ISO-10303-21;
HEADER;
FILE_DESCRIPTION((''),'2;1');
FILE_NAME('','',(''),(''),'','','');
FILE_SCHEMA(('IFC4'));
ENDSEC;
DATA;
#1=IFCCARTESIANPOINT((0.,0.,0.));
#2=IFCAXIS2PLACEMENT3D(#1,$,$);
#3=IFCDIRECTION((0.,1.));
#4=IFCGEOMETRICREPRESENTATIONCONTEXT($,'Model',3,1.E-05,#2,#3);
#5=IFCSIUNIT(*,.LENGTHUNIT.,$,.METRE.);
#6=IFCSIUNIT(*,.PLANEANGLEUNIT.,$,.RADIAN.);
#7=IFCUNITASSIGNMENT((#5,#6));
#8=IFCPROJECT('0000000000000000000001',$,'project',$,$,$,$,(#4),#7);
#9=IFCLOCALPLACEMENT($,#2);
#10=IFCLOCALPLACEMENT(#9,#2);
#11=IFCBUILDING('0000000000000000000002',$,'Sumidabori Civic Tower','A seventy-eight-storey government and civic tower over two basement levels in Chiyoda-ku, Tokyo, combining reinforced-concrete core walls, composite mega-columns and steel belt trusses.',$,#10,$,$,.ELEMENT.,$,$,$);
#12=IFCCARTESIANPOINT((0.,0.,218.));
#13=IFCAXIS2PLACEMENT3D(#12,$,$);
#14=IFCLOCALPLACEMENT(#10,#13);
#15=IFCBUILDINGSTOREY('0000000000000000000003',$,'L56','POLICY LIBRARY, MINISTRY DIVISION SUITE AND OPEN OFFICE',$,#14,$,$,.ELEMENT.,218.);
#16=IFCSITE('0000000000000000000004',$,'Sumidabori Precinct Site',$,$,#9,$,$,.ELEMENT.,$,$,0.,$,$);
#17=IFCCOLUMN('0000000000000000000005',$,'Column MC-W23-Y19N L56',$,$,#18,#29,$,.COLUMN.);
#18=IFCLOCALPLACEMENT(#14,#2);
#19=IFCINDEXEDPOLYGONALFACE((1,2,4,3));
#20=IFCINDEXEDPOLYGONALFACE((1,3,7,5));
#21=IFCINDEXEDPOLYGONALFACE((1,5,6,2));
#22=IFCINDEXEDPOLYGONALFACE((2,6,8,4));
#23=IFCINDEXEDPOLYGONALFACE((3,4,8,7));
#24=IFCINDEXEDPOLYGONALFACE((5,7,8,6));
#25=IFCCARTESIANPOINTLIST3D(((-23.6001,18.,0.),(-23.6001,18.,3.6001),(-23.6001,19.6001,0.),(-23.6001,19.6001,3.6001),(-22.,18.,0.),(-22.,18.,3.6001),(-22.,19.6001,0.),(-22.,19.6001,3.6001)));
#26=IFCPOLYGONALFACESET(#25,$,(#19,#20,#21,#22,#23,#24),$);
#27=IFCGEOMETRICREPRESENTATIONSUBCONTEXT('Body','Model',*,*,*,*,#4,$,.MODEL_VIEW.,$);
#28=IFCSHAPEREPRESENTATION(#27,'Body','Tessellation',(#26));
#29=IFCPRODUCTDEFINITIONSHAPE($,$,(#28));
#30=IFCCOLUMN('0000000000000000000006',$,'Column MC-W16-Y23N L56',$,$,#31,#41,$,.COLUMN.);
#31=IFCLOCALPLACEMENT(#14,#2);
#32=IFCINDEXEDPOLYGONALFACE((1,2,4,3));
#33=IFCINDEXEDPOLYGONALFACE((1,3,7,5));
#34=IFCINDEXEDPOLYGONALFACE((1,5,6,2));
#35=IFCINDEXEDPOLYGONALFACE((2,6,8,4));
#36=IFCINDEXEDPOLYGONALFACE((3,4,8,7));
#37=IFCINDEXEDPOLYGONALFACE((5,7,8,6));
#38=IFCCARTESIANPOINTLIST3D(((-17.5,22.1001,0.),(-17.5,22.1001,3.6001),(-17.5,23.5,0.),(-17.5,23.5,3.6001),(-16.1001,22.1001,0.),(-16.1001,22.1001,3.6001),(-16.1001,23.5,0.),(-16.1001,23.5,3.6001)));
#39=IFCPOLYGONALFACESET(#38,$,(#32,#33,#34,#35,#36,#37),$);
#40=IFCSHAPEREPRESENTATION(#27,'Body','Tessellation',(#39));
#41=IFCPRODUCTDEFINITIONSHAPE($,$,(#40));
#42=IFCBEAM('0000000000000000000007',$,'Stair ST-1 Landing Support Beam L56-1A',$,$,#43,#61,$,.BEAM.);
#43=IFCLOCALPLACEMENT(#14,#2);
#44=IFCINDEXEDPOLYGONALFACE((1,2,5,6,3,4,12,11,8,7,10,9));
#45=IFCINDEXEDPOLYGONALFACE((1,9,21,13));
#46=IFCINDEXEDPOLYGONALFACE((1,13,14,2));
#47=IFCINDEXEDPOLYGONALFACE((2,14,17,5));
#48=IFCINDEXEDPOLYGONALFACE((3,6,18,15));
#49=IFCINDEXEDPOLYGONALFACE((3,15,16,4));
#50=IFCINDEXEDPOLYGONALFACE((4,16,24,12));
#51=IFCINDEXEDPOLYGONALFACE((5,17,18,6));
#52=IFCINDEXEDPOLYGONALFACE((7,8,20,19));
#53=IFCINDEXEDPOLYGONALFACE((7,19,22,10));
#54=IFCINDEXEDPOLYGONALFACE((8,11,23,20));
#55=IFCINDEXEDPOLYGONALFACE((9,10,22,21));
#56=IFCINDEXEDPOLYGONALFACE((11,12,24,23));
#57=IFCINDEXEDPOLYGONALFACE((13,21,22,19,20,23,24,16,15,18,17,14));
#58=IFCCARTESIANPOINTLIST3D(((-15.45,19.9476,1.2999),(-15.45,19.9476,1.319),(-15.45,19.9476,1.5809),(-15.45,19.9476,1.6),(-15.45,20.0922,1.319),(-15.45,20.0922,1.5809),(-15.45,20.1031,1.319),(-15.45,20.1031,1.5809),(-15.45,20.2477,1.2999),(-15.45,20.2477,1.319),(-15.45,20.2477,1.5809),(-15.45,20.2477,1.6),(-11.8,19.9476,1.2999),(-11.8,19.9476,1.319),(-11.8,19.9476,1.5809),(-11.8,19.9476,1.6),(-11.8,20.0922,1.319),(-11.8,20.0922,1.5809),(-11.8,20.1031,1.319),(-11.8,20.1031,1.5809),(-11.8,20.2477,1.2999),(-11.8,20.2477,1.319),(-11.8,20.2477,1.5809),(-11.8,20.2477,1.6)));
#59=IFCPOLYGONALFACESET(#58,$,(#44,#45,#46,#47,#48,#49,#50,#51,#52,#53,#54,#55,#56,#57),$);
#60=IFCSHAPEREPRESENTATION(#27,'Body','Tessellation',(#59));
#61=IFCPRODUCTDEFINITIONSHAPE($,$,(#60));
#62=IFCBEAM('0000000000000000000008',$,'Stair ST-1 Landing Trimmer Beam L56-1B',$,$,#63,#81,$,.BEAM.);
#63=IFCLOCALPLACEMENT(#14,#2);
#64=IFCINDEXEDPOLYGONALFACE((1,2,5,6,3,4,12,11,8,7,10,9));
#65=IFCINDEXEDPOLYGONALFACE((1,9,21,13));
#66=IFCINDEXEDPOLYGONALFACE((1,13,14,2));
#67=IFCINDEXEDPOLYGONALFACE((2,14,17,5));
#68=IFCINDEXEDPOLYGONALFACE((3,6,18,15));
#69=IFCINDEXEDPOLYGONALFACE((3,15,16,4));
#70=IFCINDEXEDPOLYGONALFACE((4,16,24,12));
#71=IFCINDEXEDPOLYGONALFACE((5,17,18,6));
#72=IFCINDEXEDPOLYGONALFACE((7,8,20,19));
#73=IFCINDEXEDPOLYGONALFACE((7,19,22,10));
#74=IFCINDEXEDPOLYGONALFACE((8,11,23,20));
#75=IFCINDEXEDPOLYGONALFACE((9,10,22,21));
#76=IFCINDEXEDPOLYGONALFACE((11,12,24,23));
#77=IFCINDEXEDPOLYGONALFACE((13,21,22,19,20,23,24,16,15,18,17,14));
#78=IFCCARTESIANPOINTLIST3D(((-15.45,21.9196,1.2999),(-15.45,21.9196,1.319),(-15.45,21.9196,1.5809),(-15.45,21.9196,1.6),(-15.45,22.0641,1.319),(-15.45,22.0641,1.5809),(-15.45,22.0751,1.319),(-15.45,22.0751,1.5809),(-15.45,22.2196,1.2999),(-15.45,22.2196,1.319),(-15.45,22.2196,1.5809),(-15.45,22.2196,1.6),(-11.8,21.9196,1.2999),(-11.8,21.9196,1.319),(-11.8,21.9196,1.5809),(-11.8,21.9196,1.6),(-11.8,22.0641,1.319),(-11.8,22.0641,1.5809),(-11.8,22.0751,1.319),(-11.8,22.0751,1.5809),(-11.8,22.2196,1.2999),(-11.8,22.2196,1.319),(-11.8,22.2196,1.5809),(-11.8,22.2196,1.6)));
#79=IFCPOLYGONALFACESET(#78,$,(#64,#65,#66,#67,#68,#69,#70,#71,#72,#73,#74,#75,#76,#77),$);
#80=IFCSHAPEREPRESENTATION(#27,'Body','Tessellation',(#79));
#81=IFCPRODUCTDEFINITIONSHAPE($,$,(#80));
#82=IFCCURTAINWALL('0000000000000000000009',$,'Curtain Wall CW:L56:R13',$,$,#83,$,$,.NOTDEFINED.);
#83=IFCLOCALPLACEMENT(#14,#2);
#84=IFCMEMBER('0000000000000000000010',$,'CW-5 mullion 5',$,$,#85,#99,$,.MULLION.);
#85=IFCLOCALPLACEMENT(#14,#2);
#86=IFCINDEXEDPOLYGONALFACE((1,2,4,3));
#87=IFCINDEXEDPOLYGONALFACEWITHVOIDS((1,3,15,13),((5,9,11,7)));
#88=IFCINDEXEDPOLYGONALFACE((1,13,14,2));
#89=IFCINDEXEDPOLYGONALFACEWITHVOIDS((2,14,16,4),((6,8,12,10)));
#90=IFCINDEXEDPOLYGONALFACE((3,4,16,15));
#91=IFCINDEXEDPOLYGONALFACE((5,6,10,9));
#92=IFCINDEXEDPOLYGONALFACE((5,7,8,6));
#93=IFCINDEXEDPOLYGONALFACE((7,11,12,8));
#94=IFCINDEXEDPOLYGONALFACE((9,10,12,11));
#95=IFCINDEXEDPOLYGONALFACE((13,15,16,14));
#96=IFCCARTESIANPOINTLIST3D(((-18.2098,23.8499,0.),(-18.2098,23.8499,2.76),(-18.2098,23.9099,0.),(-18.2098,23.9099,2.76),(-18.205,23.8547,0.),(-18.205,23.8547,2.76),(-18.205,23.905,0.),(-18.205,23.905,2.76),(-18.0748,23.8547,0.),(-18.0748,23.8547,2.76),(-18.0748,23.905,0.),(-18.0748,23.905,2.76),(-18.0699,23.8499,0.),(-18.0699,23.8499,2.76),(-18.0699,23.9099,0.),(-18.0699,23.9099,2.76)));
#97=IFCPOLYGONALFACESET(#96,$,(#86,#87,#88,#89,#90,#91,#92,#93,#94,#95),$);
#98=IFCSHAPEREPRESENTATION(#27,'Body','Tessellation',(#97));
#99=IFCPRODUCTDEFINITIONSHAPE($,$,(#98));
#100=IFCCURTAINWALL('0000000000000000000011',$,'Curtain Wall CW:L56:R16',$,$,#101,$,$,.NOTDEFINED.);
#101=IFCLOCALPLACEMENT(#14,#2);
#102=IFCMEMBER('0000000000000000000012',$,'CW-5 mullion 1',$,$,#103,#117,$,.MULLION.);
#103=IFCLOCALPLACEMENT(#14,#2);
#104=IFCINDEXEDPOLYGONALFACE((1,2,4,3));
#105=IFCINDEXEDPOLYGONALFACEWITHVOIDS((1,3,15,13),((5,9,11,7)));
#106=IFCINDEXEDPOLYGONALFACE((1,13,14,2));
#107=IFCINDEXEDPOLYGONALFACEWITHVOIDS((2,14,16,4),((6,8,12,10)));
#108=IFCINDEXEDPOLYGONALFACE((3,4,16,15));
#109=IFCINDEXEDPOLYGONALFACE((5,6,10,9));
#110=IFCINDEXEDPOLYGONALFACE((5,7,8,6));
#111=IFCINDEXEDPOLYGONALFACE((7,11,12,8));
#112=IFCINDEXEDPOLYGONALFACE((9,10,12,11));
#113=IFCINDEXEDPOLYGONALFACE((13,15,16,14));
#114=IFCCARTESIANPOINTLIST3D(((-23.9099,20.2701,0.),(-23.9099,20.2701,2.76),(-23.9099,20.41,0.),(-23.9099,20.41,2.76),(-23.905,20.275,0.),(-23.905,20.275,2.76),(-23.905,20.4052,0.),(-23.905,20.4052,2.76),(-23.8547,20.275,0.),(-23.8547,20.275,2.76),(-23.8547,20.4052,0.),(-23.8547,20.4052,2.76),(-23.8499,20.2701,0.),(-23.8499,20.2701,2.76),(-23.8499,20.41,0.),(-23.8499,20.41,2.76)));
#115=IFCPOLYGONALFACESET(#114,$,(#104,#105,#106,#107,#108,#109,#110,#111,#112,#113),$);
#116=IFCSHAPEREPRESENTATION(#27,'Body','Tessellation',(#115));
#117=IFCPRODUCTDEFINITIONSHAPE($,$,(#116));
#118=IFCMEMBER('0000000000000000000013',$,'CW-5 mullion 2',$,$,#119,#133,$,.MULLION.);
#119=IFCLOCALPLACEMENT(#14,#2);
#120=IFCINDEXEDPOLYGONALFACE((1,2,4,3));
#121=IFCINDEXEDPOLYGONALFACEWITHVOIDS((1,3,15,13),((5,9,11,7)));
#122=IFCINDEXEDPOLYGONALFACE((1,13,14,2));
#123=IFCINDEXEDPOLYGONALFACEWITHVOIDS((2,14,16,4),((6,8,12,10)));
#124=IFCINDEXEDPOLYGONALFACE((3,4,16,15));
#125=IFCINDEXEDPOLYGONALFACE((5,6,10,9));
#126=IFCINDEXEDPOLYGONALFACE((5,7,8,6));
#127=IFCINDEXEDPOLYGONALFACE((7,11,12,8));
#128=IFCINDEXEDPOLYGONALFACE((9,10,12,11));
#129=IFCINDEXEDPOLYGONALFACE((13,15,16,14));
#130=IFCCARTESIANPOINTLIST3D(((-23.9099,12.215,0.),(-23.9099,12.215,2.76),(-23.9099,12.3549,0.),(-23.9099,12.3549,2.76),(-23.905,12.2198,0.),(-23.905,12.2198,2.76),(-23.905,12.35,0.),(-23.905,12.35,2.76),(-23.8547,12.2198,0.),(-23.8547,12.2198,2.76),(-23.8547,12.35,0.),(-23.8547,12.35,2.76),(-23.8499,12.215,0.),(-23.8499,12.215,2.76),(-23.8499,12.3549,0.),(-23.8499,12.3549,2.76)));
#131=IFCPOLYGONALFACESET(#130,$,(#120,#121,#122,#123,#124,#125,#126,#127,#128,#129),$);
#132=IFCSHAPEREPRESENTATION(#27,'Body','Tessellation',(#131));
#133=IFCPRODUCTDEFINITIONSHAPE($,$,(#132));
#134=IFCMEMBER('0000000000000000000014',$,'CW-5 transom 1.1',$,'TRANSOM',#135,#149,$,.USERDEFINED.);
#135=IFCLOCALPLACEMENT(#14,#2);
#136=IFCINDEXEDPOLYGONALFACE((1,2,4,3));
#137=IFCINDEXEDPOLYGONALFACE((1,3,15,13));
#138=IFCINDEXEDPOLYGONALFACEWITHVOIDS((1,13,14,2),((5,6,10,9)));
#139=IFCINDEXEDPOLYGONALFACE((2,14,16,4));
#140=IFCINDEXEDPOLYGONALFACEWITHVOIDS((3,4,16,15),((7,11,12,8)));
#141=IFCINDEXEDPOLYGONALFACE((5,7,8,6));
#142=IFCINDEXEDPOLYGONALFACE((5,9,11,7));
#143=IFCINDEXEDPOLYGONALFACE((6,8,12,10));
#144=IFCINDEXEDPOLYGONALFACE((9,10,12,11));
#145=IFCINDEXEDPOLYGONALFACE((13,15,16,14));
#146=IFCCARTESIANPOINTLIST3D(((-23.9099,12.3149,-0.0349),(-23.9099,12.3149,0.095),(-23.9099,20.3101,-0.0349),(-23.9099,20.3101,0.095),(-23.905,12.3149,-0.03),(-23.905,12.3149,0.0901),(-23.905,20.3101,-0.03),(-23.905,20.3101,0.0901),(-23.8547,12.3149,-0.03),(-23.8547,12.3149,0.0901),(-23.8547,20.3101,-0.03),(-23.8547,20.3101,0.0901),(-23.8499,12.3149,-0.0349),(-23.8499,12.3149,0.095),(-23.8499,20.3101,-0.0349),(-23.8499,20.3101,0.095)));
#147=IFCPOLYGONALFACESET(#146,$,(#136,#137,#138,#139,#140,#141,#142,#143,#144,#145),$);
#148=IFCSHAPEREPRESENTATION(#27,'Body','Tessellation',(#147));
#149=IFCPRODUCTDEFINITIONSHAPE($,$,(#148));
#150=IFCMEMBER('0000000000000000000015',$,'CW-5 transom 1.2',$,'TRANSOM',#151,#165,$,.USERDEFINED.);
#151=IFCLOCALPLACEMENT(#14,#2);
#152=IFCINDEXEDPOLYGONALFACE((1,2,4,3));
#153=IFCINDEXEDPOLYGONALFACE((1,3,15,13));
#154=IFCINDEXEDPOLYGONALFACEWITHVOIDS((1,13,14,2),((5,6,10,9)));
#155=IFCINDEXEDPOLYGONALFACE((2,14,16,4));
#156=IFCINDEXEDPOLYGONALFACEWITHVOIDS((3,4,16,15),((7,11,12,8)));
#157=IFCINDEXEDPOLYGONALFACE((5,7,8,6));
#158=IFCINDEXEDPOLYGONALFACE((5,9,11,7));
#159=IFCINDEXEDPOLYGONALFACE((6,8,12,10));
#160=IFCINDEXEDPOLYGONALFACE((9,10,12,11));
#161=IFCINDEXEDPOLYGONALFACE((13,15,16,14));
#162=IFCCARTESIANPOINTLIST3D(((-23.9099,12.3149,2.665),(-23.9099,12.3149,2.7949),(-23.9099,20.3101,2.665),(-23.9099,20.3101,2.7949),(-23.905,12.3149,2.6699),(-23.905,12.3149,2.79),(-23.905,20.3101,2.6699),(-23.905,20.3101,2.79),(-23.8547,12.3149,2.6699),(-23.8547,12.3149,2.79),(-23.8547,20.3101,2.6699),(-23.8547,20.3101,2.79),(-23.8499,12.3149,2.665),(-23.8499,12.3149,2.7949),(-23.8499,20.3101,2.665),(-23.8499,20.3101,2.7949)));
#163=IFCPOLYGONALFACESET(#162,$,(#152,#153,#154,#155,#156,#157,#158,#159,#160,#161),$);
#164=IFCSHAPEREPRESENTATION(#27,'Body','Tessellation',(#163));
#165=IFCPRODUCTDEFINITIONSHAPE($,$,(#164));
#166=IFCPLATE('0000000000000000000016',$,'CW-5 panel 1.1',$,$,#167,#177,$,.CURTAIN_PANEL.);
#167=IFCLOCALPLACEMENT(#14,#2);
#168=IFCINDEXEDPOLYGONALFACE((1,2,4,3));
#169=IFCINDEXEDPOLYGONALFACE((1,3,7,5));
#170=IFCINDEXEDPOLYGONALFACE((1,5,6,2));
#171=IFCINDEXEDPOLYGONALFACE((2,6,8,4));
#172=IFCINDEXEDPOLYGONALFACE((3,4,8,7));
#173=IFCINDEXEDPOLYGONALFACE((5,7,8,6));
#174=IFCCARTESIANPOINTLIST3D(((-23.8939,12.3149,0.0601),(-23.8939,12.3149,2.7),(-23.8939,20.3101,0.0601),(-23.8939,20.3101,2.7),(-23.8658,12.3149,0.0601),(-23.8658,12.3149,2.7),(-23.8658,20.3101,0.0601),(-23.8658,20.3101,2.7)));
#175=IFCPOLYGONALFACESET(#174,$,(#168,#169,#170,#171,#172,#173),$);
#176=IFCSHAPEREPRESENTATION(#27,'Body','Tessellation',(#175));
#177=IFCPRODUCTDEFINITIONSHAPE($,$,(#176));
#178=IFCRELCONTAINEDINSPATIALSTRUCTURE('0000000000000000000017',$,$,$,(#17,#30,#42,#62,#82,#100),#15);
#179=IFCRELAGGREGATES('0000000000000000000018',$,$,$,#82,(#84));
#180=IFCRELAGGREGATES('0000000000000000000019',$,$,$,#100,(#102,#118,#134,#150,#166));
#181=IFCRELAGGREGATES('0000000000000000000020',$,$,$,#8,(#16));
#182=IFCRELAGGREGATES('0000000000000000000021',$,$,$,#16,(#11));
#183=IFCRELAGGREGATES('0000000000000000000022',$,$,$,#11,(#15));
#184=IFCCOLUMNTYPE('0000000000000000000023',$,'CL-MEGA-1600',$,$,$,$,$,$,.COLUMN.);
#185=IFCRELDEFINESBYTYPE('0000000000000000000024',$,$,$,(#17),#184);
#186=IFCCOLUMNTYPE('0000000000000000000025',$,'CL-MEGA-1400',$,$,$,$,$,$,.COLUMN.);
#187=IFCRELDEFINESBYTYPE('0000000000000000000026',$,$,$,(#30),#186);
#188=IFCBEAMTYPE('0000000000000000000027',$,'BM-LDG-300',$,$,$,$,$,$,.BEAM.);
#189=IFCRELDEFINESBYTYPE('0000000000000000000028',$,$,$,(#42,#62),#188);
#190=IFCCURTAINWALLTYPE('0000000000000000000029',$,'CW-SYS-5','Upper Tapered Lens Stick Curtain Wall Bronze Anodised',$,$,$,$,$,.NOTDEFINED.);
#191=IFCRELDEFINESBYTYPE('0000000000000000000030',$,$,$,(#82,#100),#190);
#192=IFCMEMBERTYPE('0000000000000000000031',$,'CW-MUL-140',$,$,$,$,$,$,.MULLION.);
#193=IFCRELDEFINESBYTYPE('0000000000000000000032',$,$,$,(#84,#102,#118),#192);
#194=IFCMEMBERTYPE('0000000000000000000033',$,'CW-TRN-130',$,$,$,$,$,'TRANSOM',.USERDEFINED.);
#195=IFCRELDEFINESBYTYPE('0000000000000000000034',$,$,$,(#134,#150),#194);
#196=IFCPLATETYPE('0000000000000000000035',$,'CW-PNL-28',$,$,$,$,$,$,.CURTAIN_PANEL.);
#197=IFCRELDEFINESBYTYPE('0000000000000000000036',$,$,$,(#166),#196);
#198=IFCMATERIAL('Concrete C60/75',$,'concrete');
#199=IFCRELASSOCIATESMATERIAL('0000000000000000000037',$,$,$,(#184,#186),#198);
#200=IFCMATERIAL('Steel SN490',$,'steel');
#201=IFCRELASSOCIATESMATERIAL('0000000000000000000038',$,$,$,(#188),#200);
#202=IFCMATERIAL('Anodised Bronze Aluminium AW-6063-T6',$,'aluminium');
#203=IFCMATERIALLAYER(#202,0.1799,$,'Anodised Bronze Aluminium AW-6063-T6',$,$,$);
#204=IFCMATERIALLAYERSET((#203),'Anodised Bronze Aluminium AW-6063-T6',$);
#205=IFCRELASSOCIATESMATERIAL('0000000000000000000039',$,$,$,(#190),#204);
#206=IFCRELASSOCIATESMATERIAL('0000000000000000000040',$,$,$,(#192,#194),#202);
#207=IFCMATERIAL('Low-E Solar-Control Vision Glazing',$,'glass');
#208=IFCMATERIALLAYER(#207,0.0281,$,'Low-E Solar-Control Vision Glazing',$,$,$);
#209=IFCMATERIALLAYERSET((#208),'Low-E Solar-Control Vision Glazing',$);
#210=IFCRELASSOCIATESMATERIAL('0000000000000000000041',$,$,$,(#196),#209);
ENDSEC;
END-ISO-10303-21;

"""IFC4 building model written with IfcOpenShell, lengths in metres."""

from ifc_helpers import new_model, si_unit, direction, frame, origin, origin_2d, place, context, subcontext, project, spatial, rectangle, hollow_rectangle, i_section, extrude, source, transform, mapped, material, layer, layer_set, material_profile, profile_set, type_object, element, aggregate, save


model = new_model("IFC4")

# Units and contexts
model_context = context("Model", 3, precision=1e-05, world=origin(), true_north=direction((0.0, 1.0)))
body_context = subcontext(model_context, "Body", "Model", "MODEL_VIEW")
ifc_project = project(units=[si_unit("LENGTHUNIT", "METRE"), si_unit("PLANEANGLEUNIT", "RADIAN")], contexts=[model_context])

# Site, building, storey
site_placement = place(None, origin())
site = spatial("IfcSite", under=ifc_project, at=site_placement, Name="Sumidabori Precinct Site", CompositionType="ELEMENT", RefElevation=0.0)
building_placement = place(site_placement, origin())
building = spatial("IfcBuilding", under=site, at=building_placement, Name="Sumidabori Civic Tower", Description="A seventy-eight-storey government and civic tower over two basement levels in Chiyoda-ku, Tokyo, combining reinforced-concrete core walls, composite mega-columns and steel belt trusses.", CompositionType="ELEMENT")
storey_placement = place(building_placement, frame((0.0, 0.0, 218.0)))
storey = spatial("IfcBuildingStorey", under=building, at=storey_placement, Name="L56", Description="POLICY LIBRARY, MINISTRY DIVISION SUITE AND OPEN OFFICE", CompositionType="ELEMENT", Elevation=218.0)

# Columns
ifc_material_1 = material(Name="Concrete C60/75", Category="concrete")
ifc_material_profile_1 = material_profile(ifc_material_1, rectangle(XDim=1.6001, YDim=1.6001, at=origin_2d()), Name="RC 1600x1600")
ifc_profile_set_1 = profile_set([ifc_material_profile_1], Name="Concrete C60/75")
column_type_1 = type_object("IfcColumnType", Name="CL-MEGA-1600", PredefinedType="COLUMN", material=ifc_profile_set_1)
shared_shape_1 = source(origin(), body_context, "Body", "SweptSolid", [
    extrude(rectangle(XDim=1.6001, YDim=1.6001, at=origin_2d()), origin(), (0.0, 0.0, 1.0), 3.6001),
])
column_1_placement = place(storey_placement, frame((-22.8, 18.8, 0.0), z_axis=(0.0, 0.0, 1.0), x_axis=(1.0, 0.0, 0.0)))
element("IfcColumn", 1, at=column_1_placement, inside=storey, type_object=column_type_1, Name="Column MC-W23-Y19N L56", PredefinedType="COLUMN", context=body_context, shape_type="MappedRepresentation", body=[
    mapped(shared_shape_1, transform((0.0, 0.0, 0.0), x_axis=(1.0, 0.0, 0.0), y_axis=(0.0, 1.0, 0.0), z_axis=(0.0, 0.0, 1.0), scale=1.0)),
])
ifc_material_profile_2 = material_profile(ifc_material_1, rectangle(XDim=1.3999, YDim=1.3999, at=origin_2d()), Name="RC 1400x1400")
ifc_profile_set_2 = profile_set([ifc_material_profile_2], Name="Concrete C60/75")
column_type_2 = type_object("IfcColumnType", Name="CL-MEGA-1400", PredefinedType="COLUMN", material=ifc_profile_set_2)
shared_shape_2 = source(origin(), body_context, "Body", "SweptSolid", [
    extrude(rectangle(XDim=1.3999, YDim=1.3999, at=origin_2d()), origin(), (0.0, 0.0, 1.0), 3.6001),
])
column_2_placement = place(storey_placement, frame((-16.8, 22.8, 0.0), z_axis=(0.0, 0.0, 1.0), x_axis=(1.0, 0.0, 0.0)))
element("IfcColumn", 2, at=column_2_placement, inside=storey, type_object=column_type_2, Name="Column MC-W16-Y23N L56", PredefinedType="COLUMN", context=body_context, shape_type="MappedRepresentation", body=[
    mapped(shared_shape_2, transform((0.0, 0.0, 0.0), x_axis=(1.0, 0.0, 0.0), y_axis=(0.0, 1.0, 0.0), z_axis=(0.0, 0.0, 1.0), scale=1.0)),
])

# Beams
ifc_material_2 = material(Name="Steel SN490", Category="steel")
ifc_material_profile_3 = material_profile(ifc_material_2, i_section(OverallWidth=0.3, OverallDepth=0.3, WebThickness=0.011, FlangeThickness=0.019, at=origin_2d()), Name="HE 300 B")
ifc_profile_set_3 = profile_set([ifc_material_profile_3], Name="Steel SN490")
beam_type = type_object("IfcBeamType", Name="BM-LDG-300", PredefinedType="BEAM", material=ifc_profile_set_3)
shared_shape_3 = source(origin(), body_context, "Body", "SweptSolid", [
    extrude(i_section(OverallWidth=0.3, OverallDepth=0.3, WebThickness=0.011, FlangeThickness=0.019, at=origin_2d()), origin(), (0.0, 0.0, 1.0), 3.6499),
])
for number, where, z_axis, x_axis, name in (
    (3, (-15.45, 20.0977, 1.45), (1.0, 0.0, 0.0), (0.0, 1.0, 0.0), "Stair ST-1 Landing Support Beam L56-1A"),
    (4, (-15.45, 22.0696, 1.45), (1.0, 0.0, 0.0), (0.0, 1.0, 0.0), "Stair ST-1 Landing Trimmer Beam L56-1B"),
):
    element("IfcBeam", number, at=place(storey_placement, frame(where, z_axis=z_axis, x_axis=x_axis)), inside=storey, type_object=beam_type, Name=name, PredefinedType="BEAM", context=body_context, shape_type="MappedRepresentation", body=[
        mapped(shared_shape_3, transform((0.0, 0.0, 0.0), x_axis=(1.0, 0.0, 0.0), y_axis=(0.0, 1.0, 0.0), z_axis=(0.0, 0.0, 1.0), scale=1.0)),
    ])

# Curtain wall, member
ifc_material_3 = material(Name="Anodised Bronze Aluminium AW-6063-T6", Category="aluminium")
ifc_layer_1 = layer(ifc_material_3, 0.1799, Name="Anodised Bronze Aluminium AW-6063-T6")
ifc_layer_set_1 = layer_set([ifc_layer_1], Name="Anodised Bronze Aluminium AW-6063-T6")
curtain_wall_type = type_object("IfcCurtainWallType", Name="CW-SYS-5", Description="Upper Tapered Lens Stick Curtain Wall Bronze Anodised", PredefinedType="NOTDEFINED", material=ifc_layer_set_1)
curtain_wall_1_placement = place(storey_placement, origin())
curtain_wall_1 = element("IfcCurtainWall", 5, at=curtain_wall_1_placement, inside=storey, type_object=curtain_wall_type, Name="Curtain Wall CW:L56:R13", PredefinedType="NOTDEFINED")
ifc_material_profile_4 = material_profile(ifc_material_3, hollow_rectangle(XDim=0.0601, YDim=0.1399, WallThickness=0.0049, at=origin_2d()), Name="ALU MULLION 140x60")
ifc_profile_set_4 = profile_set([ifc_material_profile_4], Name="Anodised Bronze Aluminium AW-6063-T6")
member_type_1 = type_object("IfcMemberType", Name="CW-MUL-140", PredefinedType="MULLION", material=ifc_profile_set_4)
shared_shape_4 = source(origin(), body_context, "Body", "SweptSolid", [
    extrude(hollow_rectangle(XDim=0.0601, YDim=0.1399, WallThickness=0.0049, at=origin_2d()), origin(), (0.0, 0.0, 1.0), 2.76),
])
member_1_placement = place(storey_placement, frame((-18.1399, 23.8799, 0.0), z_axis=(0.0, 0.0, 1.0), x_axis=(0.0, -1.0, 0.0)))
member_1 = element("IfcMember", 6, at=member_1_placement, type_object=member_type_1, Name="CW-5 mullion 5", PredefinedType="MULLION", context=body_context, shape_type="MappedRepresentation", body=[
    mapped(shared_shape_4, transform((0.0, 0.0, 0.0), x_axis=(1.0, 0.0, 0.0), y_axis=(0.0, 1.0, 0.0), z_axis=(0.0, 0.0, 1.0), scale=1.0)),
])
aggregate(curtain_wall_1, [member_1])

# Curtain wall, members, plate
curtain_wall_2_placement = place(storey_placement, origin())
curtain_wall_2 = element("IfcCurtainWall", 7, at=curtain_wall_2_placement, inside=storey, type_object=curtain_wall_type, Name="Curtain Wall CW:L56:R16", PredefinedType="NOTDEFINED")
member_2_placement = place(storey_placement, frame((-23.8799, 20.3401, 0.0), z_axis=(0.0, 0.0, 1.0), x_axis=(1.0, 0.0, 0.0)))
member_2 = element("IfcMember", 8, at=member_2_placement, type_object=member_type_1, Name="CW-5 mullion 1", PredefinedType="MULLION", context=body_context, shape_type="MappedRepresentation", body=[
    mapped(shared_shape_4, transform((0.0, 0.0, 0.0), x_axis=(1.0, 0.0, 0.0), y_axis=(0.0, 1.0, 0.0), z_axis=(0.0, 0.0, 1.0), scale=1.0)),
])
member_3_placement = place(storey_placement, frame((-23.8799, 12.2849, 0.0), z_axis=(0.0, 0.0, 1.0), x_axis=(1.0, 0.0, 0.0)))
member_3 = element("IfcMember", 9, at=member_3_placement, type_object=member_type_1, Name="CW-5 mullion 2", PredefinedType="MULLION", context=body_context, shape_type="MappedRepresentation", body=[
    mapped(shared_shape_4, transform((0.0, 0.0, 0.0), x_axis=(1.0, 0.0, 0.0), y_axis=(0.0, 1.0, 0.0), z_axis=(0.0, 0.0, 1.0), scale=1.0)),
])
ifc_material_profile_5 = material_profile(ifc_material_3, hollow_rectangle(XDim=0.0601, YDim=0.1299, WallThickness=0.0049, at=origin_2d()), Name="ALU TRANSOM 130x60")
ifc_profile_set_5 = profile_set([ifc_material_profile_5], Name="Anodised Bronze Aluminium AW-6063-T6")
member_type_2 = type_object("IfcMemberType", Name="CW-TRN-130", ElementType="TRANSOM", PredefinedType="USERDEFINED", material=ifc_profile_set_5)
shared_shape_5 = source(origin(), body_context, "Body", "SweptSolid", [
    extrude(hollow_rectangle(XDim=0.0601, YDim=0.1299, WallThickness=0.0049, at=origin_2d()), origin(), (0.0, 0.0, 1.0), 7.9951),
])
member_4_placement = place(storey_placement, frame((-23.8799, 20.3101, 0.03), z_axis=(0.0, -1.0, 0.0), x_axis=(1.0, 0.0, 0.0)))
member_4 = element("IfcMember", 10, at=member_4_placement, type_object=member_type_2, Name="CW-5 transom 1.1", ObjectType="TRANSOM", PredefinedType="USERDEFINED", context=body_context, shape_type="MappedRepresentation", body=[
    mapped(shared_shape_5, transform((0.0, 0.0, 0.0), x_axis=(1.0, 0.0, 0.0), y_axis=(0.0, 1.0, 0.0), z_axis=(0.0, 0.0, 1.0), scale=1.0)),
])
member_5_placement = place(storey_placement, frame((-23.8799, 20.3101, 2.73), z_axis=(0.0, -1.0, 0.0), x_axis=(1.0, 0.0, 0.0)))
member_5 = element("IfcMember", 11, at=member_5_placement, type_object=member_type_2, Name="CW-5 transom 1.2", ObjectType="TRANSOM", PredefinedType="USERDEFINED", context=body_context, shape_type="MappedRepresentation", body=[
    mapped(shared_shape_5, transform((0.0, 0.0, 0.0), x_axis=(1.0, 0.0, 0.0), y_axis=(0.0, 1.0, 0.0), z_axis=(0.0, 0.0, 1.0), scale=1.0)),
])
ifc_material_4 = material(Name="Low-E Solar-Control Vision Glazing", Category="glass")
ifc_layer_2 = layer(ifc_material_4, 0.0281, Name="Low-E Solar-Control Vision Glazing")
ifc_layer_set_2 = layer_set([ifc_layer_2], Name="Low-E Solar-Control Vision Glazing")
plate_type = type_object("IfcPlateType", Name="CW-PNL-28", PredefinedType="CURTAIN_PANEL", material=ifc_layer_set_2)
shared_shape_6 = source(origin(), body_context, "Body", "SweptSolid", [
    extrude(rectangle(XDim=7.9951, YDim=0.0281, at=origin_2d()), origin(), (0.0, 0.0, 1.0), 2.6399),
])
plate_placement = place(storey_placement, frame((-23.8799, 16.3125, 0.0601), z_axis=(0.0, 0.0, 1.0), x_axis=(0.0, -1.0, 0.0)))
plate = element("IfcPlate", 12, at=plate_placement, type_object=plate_type, Name="CW-5 panel 1.1", PredefinedType="CURTAIN_PANEL", context=body_context, shape_type="MappedRepresentation", body=[
    mapped(shared_shape_6, transform((0.0, 0.0, 0.0), x_axis=(1.0, 0.0, 0.0), y_axis=(0.0, 1.0, 0.0), z_axis=(0.0, 0.0, 1.0), scale=1.0)),
])
aggregate(curtain_wall_2, [member_2, member_3, member_4, member_5, plate])

save(model, "model.ifc")
